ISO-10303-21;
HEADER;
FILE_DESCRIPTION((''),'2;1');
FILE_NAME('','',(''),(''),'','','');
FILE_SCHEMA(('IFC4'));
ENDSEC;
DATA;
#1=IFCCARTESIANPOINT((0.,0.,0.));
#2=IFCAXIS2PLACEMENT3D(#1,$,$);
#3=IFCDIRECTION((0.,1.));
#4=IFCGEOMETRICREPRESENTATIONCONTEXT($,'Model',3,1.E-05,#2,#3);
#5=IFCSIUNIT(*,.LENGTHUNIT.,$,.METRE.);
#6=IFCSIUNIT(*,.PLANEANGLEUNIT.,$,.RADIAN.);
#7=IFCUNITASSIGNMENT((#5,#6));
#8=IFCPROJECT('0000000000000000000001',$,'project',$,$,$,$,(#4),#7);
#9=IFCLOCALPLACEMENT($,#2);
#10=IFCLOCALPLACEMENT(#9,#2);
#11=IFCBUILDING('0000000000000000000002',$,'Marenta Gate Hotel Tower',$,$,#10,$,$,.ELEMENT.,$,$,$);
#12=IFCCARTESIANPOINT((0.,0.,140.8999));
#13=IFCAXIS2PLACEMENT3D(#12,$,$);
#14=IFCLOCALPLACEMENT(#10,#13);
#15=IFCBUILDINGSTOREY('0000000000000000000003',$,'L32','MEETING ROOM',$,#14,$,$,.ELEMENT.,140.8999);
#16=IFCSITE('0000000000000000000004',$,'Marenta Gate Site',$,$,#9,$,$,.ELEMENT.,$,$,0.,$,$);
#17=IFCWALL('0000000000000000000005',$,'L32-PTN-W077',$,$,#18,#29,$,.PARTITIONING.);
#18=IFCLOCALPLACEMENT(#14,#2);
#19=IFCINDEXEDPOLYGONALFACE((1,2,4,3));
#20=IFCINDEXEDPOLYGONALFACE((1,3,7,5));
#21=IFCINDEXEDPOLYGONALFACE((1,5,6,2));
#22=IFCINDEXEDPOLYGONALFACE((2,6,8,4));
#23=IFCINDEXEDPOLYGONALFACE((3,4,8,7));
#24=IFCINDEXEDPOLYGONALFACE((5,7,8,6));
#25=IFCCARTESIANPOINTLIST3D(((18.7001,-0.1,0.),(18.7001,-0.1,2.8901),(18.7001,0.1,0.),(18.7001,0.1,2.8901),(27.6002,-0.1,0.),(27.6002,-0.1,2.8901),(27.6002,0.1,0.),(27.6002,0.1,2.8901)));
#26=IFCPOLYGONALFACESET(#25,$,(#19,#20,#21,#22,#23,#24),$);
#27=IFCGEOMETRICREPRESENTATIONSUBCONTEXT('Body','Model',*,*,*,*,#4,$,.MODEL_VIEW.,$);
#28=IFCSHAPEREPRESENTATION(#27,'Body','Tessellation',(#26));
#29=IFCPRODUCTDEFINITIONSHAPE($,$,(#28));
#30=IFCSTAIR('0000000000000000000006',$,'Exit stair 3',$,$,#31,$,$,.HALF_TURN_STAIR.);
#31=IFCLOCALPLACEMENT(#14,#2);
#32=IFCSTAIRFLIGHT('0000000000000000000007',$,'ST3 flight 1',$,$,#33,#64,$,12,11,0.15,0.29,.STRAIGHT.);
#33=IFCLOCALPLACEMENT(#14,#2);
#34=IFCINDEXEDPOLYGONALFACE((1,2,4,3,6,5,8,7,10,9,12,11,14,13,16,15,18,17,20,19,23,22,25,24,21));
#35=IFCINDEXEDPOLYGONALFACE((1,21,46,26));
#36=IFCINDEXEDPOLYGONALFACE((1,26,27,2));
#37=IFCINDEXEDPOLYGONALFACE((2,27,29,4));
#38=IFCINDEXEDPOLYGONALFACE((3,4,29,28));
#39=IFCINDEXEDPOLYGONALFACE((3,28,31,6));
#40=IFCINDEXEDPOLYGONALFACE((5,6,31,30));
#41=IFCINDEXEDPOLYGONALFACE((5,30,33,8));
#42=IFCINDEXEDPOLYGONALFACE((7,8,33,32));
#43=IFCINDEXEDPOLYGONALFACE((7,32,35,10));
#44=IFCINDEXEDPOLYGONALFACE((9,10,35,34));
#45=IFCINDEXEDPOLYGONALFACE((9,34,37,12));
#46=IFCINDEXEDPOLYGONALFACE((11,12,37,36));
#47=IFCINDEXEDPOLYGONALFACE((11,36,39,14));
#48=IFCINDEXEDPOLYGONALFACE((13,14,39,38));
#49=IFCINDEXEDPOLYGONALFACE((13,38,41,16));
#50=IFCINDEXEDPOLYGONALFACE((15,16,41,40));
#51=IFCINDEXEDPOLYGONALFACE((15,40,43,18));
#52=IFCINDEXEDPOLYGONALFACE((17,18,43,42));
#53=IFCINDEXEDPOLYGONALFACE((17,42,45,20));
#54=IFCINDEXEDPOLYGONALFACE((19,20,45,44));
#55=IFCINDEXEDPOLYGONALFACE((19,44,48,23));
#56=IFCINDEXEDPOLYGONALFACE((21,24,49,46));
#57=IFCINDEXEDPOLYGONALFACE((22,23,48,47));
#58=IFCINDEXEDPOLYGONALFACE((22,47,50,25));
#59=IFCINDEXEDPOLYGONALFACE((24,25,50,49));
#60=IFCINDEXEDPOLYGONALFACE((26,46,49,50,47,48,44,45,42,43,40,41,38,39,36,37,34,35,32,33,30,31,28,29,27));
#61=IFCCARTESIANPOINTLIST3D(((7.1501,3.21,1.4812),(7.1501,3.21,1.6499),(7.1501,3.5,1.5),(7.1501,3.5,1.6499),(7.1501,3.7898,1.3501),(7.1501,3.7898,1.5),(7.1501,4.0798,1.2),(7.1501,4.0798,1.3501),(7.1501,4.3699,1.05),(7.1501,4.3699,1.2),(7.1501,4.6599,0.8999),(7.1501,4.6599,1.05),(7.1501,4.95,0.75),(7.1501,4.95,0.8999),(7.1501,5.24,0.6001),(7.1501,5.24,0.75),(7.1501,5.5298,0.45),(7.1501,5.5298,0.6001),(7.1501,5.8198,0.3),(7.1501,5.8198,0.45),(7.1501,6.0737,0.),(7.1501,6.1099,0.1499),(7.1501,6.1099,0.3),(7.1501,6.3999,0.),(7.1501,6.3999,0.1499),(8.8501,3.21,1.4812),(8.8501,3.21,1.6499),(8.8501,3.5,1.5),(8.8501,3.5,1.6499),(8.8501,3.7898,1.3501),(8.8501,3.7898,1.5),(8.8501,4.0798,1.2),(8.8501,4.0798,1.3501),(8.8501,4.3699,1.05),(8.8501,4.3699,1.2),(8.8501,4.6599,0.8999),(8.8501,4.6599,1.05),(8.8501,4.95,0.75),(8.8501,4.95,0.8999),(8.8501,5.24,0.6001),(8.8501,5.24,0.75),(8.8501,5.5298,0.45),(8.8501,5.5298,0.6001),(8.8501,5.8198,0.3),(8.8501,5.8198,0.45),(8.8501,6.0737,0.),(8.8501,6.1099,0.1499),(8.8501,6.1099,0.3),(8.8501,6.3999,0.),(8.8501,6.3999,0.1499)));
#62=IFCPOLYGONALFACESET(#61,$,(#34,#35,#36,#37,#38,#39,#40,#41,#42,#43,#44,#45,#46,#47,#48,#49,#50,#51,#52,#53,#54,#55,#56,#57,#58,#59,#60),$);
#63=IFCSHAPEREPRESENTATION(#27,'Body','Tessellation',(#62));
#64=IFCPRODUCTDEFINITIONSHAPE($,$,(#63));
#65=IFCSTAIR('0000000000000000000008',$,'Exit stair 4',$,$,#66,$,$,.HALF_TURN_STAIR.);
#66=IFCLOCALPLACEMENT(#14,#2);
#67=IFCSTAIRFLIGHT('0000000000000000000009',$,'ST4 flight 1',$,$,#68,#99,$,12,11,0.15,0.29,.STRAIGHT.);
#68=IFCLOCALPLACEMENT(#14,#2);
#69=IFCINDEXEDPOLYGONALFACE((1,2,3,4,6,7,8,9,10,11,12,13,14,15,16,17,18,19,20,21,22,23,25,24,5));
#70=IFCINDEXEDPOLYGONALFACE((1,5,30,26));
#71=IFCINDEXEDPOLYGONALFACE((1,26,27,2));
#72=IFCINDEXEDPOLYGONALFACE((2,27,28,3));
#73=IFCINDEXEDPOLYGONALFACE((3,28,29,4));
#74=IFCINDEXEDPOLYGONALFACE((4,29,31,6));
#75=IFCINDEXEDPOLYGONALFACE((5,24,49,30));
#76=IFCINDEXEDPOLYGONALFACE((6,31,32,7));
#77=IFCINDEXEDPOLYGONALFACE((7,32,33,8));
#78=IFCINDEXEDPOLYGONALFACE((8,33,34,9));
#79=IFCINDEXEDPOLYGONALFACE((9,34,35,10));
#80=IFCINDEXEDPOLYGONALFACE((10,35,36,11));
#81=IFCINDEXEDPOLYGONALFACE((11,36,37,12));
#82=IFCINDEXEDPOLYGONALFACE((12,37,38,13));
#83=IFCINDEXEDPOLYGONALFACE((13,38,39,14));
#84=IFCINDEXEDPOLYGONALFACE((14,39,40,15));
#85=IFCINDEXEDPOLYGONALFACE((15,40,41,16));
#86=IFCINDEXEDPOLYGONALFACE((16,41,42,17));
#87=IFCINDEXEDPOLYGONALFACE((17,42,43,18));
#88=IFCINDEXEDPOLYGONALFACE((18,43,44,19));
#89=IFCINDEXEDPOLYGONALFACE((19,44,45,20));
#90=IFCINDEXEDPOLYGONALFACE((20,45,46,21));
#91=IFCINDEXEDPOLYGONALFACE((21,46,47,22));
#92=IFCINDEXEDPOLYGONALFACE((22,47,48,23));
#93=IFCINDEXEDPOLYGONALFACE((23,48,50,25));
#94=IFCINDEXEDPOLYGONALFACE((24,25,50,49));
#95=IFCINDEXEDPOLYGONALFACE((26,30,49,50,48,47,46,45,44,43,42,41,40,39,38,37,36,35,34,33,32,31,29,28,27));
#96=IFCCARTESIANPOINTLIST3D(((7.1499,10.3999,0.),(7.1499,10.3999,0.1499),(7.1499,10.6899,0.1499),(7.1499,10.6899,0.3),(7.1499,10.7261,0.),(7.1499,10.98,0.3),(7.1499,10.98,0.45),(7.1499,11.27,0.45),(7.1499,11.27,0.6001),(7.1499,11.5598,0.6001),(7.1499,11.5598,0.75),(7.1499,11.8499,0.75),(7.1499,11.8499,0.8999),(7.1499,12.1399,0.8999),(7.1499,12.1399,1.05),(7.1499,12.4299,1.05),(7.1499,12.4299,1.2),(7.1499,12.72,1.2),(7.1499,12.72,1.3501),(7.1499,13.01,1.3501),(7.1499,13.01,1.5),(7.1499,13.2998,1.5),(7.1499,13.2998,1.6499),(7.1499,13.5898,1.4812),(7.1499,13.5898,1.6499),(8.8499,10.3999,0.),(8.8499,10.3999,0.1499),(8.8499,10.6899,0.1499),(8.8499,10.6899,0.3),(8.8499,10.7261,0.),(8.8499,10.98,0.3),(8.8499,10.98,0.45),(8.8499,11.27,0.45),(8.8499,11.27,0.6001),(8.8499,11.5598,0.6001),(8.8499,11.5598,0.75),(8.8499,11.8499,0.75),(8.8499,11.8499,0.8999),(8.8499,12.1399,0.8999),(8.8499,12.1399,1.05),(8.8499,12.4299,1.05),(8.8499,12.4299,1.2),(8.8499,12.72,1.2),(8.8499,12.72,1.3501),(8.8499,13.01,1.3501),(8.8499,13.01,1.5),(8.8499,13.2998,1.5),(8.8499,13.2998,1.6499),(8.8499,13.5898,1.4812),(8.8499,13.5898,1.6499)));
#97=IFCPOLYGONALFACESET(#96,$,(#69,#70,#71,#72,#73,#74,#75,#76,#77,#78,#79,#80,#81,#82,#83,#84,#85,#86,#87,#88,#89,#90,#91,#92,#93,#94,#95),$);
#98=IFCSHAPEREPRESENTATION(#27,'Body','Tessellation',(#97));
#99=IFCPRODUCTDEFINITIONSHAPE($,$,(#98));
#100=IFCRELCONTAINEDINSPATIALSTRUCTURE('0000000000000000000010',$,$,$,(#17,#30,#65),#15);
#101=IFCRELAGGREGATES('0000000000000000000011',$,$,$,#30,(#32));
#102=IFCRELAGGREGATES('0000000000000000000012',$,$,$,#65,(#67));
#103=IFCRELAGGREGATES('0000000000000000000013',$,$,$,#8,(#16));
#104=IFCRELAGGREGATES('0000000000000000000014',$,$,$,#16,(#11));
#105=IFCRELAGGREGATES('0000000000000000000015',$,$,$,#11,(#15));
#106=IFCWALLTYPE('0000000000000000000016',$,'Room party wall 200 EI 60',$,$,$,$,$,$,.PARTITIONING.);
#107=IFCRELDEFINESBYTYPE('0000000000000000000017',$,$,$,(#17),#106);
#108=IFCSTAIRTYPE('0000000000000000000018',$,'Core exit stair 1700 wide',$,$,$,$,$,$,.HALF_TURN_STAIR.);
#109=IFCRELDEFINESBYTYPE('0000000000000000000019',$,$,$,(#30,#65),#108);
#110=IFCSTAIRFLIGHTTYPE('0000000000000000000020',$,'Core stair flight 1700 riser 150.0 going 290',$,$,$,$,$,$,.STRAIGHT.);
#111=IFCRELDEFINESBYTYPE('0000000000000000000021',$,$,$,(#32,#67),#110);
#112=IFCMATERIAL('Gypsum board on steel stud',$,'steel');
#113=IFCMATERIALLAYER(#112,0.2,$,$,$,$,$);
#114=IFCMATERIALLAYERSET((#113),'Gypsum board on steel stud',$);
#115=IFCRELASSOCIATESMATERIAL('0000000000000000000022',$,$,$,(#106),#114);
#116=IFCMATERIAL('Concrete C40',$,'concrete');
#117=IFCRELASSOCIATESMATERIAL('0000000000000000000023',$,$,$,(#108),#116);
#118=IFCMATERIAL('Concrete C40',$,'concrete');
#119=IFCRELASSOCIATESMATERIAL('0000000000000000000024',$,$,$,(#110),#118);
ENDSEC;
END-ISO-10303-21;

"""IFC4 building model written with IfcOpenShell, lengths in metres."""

from ifc_helpers import new_model, si_unit, direction, frame, frame_2d, origin, place, context, subcontext, project, spatial, polyline, rectangle, outline, extrude, material, layer, layer_set, type_object, element, aggregate, save


model = new_model("IFC4")

# Units and contexts
model_context = context("Model", 3, precision=1e-05, world=origin(), true_north=direction((0.0, 1.0)))
body_context = subcontext(model_context, "Body", "Model", "MODEL_VIEW")
ifc_project = project(units=[si_unit("LENGTHUNIT", "METRE"), si_unit("PLANEANGLEUNIT", "RADIAN")], contexts=[model_context])

# Site, building, storey
site_placement = place(None, origin())
site = spatial("IfcSite", under=ifc_project, at=site_placement, Name="Marenta Gate Site", CompositionType="ELEMENT", RefElevation=0.0)
building_placement = place(site_placement, origin())
building = spatial("IfcBuilding", under=site, at=building_placement, Name="Marenta Gate Hotel Tower", CompositionType="ELEMENT")
storey_placement = place(building_placement, frame((0.0, 0.0, 140.8999)))
storey = spatial("IfcBuildingStorey", under=building, at=storey_placement, Name="L32", Description="MEETING ROOM", CompositionType="ELEMENT", Elevation=140.8999)

# Wall
ifc_material_1 = material(Name="Gypsum board on steel stud", Category="steel")
ifc_layer_1 = layer(ifc_material_1, 0.2)
ifc_layer_set_1 = layer_set([ifc_layer_1], Name="Gypsum board on steel stud")
wall_type_1 = type_object("IfcWallType", Name="Room party wall 200 EI 60", PredefinedType="PARTITIONING", material=ifc_layer_set_1)
wall_1_placement = place(storey_placement, frame((18.7, 0.0, 0.0), z_axis=(0.0, 0.0, 1.0), x_axis=(1.0, 0.0, 0.0)))
element("IfcWall", 1, at=wall_1_placement, inside=storey, type_object=wall_type_1, Name="L32-PTN-W077", PredefinedType="PARTITIONING", context=body_context, shape_type="SweptSolid", body=[
    extrude(rectangle(XDim=8.9001, YDim=0.2, at=frame_2d((4.4502, 0.0))), origin(), (0.0, 0.0, 1.0), 2.8901),
])

# Stairs, stair flights
ifc_material_2 = material(Name="Concrete C40", Category="concrete")
stair_type = type_object("IfcStairType", Name="Core exit stair 1700 wide", PredefinedType="HALF_TURN_STAIR", material=ifc_material_2)
stair_1_placement = place(storey_placement, origin())
stair_1 = element("IfcStair", 2, at=stair_1_placement, inside=storey, type_object=stair_type, Name="Exit stair 3", PredefinedType="HALF_TURN_STAIR")
ifc_material_3 = material(Name="Concrete C40", Category="concrete")
stair_flight_type = type_object("IfcStairFlightType", Name="Core stair flight 1700 riser 150.0 going 290", PredefinedType="STRAIGHT", material=ifc_material_3)
stair_flight_1_placement = place(storey_placement, frame((8.0, 6.3999, 0.0), z_axis=(0.0, 0.0, 1.0), x_axis=(0.0, -1.0, 0.0)))
stair_flight_1 = element("IfcStairFlight", 3, at=stair_flight_1_placement, type_object=stair_flight_type, Name="ST3 flight 1", NumberOfRisers=12, NumberOfTreads=11, PredefinedType="STRAIGHT", RiserHeight=0.15, TreadLength=0.29, context=body_context, shape_type="SweptSolid", body=[
    extrude(outline(polyline([(0.0, 0.0), (0.0, 0.1499), (0.29, 0.1499), (0.29, 0.3), (0.5801, 0.3), (0.5801, 0.45), (0.8701, 0.45), (0.8701, 0.6001), (1.1599, 0.6001), (1.1599, 0.75), (1.45, 0.75), (1.45, 0.8999), (1.74, 0.8999), (1.74, 1.05), (2.03, 1.05), (2.03, 1.2), (2.3201, 1.2), (2.3201, 1.3501), (2.6101, 1.3501), (2.6101, 1.5), (2.8999, 1.5), (2.8999, 1.6499), (3.1899, 1.6499), (3.1899, 1.8), (3.1899, 1.4812), (0.3262, 0.0), (0.0, 0.0)])), frame((0.0, 0.8501, 0.0), z_axis=(0.0, -1.0, 0.0), x_axis=(1.0, 0.0, 0.0)), (0.0, 0.0, 1.0), 1.7),
])
aggregate(stair_1, [stair_flight_1])
stair_2_placement = place(storey_placement, origin())
stair_2 = element("IfcStair", 4, at=stair_2_placement, inside=storey, type_object=stair_type, Name="Exit stair 4", PredefinedType="HALF_TURN_STAIR")
stair_flight_2_placement = place(storey_placement, frame((8.0, 10.3999, 0.0), z_axis=(0.0, 0.0, 1.0), x_axis=(0.0, 1.0, 0.0)))
stair_flight_2 = element("IfcStairFlight", 5, at=stair_flight_2_placement, type_object=stair_flight_type, Name="ST4 flight 1", NumberOfRisers=12, NumberOfTreads=11, PredefinedType="STRAIGHT", RiserHeight=0.15, TreadLength=0.29, context=body_context, shape_type="SweptSolid", body=[
    extrude(outline(polyline([(0.0, 0.0), (0.0, 0.1499), (0.29, 0.1499), (0.29, 0.3), (0.5801, 0.3), (0.5801, 0.45), (0.8701, 0.45), (0.8701, 0.6001), (1.1599, 0.6001), (1.1599, 0.75), (1.45, 0.75), (1.45, 0.8999), (1.74, 0.8999), (1.74, 1.05), (2.03, 1.05), (2.03, 1.2), (2.3201, 1.2), (2.3201, 1.3501), (2.6101, 1.3501), (2.6101, 1.5), (2.8999, 1.5), (2.8999, 1.6499), (3.1899, 1.6499), (3.1899, 1.8), (3.1899, 1.4812), (0.3262, 0.0), (0.0, 0.0)])), frame((0.0, 0.8501, 0.0), z_axis=(0.0, -1.0, 0.0), x_axis=(1.0, 0.0, 0.0)), (0.0, 0.0, 1.0), 1.7),
])
aggregate(stair_2, [stair_flight_2])

save(model, "model.ifc")
